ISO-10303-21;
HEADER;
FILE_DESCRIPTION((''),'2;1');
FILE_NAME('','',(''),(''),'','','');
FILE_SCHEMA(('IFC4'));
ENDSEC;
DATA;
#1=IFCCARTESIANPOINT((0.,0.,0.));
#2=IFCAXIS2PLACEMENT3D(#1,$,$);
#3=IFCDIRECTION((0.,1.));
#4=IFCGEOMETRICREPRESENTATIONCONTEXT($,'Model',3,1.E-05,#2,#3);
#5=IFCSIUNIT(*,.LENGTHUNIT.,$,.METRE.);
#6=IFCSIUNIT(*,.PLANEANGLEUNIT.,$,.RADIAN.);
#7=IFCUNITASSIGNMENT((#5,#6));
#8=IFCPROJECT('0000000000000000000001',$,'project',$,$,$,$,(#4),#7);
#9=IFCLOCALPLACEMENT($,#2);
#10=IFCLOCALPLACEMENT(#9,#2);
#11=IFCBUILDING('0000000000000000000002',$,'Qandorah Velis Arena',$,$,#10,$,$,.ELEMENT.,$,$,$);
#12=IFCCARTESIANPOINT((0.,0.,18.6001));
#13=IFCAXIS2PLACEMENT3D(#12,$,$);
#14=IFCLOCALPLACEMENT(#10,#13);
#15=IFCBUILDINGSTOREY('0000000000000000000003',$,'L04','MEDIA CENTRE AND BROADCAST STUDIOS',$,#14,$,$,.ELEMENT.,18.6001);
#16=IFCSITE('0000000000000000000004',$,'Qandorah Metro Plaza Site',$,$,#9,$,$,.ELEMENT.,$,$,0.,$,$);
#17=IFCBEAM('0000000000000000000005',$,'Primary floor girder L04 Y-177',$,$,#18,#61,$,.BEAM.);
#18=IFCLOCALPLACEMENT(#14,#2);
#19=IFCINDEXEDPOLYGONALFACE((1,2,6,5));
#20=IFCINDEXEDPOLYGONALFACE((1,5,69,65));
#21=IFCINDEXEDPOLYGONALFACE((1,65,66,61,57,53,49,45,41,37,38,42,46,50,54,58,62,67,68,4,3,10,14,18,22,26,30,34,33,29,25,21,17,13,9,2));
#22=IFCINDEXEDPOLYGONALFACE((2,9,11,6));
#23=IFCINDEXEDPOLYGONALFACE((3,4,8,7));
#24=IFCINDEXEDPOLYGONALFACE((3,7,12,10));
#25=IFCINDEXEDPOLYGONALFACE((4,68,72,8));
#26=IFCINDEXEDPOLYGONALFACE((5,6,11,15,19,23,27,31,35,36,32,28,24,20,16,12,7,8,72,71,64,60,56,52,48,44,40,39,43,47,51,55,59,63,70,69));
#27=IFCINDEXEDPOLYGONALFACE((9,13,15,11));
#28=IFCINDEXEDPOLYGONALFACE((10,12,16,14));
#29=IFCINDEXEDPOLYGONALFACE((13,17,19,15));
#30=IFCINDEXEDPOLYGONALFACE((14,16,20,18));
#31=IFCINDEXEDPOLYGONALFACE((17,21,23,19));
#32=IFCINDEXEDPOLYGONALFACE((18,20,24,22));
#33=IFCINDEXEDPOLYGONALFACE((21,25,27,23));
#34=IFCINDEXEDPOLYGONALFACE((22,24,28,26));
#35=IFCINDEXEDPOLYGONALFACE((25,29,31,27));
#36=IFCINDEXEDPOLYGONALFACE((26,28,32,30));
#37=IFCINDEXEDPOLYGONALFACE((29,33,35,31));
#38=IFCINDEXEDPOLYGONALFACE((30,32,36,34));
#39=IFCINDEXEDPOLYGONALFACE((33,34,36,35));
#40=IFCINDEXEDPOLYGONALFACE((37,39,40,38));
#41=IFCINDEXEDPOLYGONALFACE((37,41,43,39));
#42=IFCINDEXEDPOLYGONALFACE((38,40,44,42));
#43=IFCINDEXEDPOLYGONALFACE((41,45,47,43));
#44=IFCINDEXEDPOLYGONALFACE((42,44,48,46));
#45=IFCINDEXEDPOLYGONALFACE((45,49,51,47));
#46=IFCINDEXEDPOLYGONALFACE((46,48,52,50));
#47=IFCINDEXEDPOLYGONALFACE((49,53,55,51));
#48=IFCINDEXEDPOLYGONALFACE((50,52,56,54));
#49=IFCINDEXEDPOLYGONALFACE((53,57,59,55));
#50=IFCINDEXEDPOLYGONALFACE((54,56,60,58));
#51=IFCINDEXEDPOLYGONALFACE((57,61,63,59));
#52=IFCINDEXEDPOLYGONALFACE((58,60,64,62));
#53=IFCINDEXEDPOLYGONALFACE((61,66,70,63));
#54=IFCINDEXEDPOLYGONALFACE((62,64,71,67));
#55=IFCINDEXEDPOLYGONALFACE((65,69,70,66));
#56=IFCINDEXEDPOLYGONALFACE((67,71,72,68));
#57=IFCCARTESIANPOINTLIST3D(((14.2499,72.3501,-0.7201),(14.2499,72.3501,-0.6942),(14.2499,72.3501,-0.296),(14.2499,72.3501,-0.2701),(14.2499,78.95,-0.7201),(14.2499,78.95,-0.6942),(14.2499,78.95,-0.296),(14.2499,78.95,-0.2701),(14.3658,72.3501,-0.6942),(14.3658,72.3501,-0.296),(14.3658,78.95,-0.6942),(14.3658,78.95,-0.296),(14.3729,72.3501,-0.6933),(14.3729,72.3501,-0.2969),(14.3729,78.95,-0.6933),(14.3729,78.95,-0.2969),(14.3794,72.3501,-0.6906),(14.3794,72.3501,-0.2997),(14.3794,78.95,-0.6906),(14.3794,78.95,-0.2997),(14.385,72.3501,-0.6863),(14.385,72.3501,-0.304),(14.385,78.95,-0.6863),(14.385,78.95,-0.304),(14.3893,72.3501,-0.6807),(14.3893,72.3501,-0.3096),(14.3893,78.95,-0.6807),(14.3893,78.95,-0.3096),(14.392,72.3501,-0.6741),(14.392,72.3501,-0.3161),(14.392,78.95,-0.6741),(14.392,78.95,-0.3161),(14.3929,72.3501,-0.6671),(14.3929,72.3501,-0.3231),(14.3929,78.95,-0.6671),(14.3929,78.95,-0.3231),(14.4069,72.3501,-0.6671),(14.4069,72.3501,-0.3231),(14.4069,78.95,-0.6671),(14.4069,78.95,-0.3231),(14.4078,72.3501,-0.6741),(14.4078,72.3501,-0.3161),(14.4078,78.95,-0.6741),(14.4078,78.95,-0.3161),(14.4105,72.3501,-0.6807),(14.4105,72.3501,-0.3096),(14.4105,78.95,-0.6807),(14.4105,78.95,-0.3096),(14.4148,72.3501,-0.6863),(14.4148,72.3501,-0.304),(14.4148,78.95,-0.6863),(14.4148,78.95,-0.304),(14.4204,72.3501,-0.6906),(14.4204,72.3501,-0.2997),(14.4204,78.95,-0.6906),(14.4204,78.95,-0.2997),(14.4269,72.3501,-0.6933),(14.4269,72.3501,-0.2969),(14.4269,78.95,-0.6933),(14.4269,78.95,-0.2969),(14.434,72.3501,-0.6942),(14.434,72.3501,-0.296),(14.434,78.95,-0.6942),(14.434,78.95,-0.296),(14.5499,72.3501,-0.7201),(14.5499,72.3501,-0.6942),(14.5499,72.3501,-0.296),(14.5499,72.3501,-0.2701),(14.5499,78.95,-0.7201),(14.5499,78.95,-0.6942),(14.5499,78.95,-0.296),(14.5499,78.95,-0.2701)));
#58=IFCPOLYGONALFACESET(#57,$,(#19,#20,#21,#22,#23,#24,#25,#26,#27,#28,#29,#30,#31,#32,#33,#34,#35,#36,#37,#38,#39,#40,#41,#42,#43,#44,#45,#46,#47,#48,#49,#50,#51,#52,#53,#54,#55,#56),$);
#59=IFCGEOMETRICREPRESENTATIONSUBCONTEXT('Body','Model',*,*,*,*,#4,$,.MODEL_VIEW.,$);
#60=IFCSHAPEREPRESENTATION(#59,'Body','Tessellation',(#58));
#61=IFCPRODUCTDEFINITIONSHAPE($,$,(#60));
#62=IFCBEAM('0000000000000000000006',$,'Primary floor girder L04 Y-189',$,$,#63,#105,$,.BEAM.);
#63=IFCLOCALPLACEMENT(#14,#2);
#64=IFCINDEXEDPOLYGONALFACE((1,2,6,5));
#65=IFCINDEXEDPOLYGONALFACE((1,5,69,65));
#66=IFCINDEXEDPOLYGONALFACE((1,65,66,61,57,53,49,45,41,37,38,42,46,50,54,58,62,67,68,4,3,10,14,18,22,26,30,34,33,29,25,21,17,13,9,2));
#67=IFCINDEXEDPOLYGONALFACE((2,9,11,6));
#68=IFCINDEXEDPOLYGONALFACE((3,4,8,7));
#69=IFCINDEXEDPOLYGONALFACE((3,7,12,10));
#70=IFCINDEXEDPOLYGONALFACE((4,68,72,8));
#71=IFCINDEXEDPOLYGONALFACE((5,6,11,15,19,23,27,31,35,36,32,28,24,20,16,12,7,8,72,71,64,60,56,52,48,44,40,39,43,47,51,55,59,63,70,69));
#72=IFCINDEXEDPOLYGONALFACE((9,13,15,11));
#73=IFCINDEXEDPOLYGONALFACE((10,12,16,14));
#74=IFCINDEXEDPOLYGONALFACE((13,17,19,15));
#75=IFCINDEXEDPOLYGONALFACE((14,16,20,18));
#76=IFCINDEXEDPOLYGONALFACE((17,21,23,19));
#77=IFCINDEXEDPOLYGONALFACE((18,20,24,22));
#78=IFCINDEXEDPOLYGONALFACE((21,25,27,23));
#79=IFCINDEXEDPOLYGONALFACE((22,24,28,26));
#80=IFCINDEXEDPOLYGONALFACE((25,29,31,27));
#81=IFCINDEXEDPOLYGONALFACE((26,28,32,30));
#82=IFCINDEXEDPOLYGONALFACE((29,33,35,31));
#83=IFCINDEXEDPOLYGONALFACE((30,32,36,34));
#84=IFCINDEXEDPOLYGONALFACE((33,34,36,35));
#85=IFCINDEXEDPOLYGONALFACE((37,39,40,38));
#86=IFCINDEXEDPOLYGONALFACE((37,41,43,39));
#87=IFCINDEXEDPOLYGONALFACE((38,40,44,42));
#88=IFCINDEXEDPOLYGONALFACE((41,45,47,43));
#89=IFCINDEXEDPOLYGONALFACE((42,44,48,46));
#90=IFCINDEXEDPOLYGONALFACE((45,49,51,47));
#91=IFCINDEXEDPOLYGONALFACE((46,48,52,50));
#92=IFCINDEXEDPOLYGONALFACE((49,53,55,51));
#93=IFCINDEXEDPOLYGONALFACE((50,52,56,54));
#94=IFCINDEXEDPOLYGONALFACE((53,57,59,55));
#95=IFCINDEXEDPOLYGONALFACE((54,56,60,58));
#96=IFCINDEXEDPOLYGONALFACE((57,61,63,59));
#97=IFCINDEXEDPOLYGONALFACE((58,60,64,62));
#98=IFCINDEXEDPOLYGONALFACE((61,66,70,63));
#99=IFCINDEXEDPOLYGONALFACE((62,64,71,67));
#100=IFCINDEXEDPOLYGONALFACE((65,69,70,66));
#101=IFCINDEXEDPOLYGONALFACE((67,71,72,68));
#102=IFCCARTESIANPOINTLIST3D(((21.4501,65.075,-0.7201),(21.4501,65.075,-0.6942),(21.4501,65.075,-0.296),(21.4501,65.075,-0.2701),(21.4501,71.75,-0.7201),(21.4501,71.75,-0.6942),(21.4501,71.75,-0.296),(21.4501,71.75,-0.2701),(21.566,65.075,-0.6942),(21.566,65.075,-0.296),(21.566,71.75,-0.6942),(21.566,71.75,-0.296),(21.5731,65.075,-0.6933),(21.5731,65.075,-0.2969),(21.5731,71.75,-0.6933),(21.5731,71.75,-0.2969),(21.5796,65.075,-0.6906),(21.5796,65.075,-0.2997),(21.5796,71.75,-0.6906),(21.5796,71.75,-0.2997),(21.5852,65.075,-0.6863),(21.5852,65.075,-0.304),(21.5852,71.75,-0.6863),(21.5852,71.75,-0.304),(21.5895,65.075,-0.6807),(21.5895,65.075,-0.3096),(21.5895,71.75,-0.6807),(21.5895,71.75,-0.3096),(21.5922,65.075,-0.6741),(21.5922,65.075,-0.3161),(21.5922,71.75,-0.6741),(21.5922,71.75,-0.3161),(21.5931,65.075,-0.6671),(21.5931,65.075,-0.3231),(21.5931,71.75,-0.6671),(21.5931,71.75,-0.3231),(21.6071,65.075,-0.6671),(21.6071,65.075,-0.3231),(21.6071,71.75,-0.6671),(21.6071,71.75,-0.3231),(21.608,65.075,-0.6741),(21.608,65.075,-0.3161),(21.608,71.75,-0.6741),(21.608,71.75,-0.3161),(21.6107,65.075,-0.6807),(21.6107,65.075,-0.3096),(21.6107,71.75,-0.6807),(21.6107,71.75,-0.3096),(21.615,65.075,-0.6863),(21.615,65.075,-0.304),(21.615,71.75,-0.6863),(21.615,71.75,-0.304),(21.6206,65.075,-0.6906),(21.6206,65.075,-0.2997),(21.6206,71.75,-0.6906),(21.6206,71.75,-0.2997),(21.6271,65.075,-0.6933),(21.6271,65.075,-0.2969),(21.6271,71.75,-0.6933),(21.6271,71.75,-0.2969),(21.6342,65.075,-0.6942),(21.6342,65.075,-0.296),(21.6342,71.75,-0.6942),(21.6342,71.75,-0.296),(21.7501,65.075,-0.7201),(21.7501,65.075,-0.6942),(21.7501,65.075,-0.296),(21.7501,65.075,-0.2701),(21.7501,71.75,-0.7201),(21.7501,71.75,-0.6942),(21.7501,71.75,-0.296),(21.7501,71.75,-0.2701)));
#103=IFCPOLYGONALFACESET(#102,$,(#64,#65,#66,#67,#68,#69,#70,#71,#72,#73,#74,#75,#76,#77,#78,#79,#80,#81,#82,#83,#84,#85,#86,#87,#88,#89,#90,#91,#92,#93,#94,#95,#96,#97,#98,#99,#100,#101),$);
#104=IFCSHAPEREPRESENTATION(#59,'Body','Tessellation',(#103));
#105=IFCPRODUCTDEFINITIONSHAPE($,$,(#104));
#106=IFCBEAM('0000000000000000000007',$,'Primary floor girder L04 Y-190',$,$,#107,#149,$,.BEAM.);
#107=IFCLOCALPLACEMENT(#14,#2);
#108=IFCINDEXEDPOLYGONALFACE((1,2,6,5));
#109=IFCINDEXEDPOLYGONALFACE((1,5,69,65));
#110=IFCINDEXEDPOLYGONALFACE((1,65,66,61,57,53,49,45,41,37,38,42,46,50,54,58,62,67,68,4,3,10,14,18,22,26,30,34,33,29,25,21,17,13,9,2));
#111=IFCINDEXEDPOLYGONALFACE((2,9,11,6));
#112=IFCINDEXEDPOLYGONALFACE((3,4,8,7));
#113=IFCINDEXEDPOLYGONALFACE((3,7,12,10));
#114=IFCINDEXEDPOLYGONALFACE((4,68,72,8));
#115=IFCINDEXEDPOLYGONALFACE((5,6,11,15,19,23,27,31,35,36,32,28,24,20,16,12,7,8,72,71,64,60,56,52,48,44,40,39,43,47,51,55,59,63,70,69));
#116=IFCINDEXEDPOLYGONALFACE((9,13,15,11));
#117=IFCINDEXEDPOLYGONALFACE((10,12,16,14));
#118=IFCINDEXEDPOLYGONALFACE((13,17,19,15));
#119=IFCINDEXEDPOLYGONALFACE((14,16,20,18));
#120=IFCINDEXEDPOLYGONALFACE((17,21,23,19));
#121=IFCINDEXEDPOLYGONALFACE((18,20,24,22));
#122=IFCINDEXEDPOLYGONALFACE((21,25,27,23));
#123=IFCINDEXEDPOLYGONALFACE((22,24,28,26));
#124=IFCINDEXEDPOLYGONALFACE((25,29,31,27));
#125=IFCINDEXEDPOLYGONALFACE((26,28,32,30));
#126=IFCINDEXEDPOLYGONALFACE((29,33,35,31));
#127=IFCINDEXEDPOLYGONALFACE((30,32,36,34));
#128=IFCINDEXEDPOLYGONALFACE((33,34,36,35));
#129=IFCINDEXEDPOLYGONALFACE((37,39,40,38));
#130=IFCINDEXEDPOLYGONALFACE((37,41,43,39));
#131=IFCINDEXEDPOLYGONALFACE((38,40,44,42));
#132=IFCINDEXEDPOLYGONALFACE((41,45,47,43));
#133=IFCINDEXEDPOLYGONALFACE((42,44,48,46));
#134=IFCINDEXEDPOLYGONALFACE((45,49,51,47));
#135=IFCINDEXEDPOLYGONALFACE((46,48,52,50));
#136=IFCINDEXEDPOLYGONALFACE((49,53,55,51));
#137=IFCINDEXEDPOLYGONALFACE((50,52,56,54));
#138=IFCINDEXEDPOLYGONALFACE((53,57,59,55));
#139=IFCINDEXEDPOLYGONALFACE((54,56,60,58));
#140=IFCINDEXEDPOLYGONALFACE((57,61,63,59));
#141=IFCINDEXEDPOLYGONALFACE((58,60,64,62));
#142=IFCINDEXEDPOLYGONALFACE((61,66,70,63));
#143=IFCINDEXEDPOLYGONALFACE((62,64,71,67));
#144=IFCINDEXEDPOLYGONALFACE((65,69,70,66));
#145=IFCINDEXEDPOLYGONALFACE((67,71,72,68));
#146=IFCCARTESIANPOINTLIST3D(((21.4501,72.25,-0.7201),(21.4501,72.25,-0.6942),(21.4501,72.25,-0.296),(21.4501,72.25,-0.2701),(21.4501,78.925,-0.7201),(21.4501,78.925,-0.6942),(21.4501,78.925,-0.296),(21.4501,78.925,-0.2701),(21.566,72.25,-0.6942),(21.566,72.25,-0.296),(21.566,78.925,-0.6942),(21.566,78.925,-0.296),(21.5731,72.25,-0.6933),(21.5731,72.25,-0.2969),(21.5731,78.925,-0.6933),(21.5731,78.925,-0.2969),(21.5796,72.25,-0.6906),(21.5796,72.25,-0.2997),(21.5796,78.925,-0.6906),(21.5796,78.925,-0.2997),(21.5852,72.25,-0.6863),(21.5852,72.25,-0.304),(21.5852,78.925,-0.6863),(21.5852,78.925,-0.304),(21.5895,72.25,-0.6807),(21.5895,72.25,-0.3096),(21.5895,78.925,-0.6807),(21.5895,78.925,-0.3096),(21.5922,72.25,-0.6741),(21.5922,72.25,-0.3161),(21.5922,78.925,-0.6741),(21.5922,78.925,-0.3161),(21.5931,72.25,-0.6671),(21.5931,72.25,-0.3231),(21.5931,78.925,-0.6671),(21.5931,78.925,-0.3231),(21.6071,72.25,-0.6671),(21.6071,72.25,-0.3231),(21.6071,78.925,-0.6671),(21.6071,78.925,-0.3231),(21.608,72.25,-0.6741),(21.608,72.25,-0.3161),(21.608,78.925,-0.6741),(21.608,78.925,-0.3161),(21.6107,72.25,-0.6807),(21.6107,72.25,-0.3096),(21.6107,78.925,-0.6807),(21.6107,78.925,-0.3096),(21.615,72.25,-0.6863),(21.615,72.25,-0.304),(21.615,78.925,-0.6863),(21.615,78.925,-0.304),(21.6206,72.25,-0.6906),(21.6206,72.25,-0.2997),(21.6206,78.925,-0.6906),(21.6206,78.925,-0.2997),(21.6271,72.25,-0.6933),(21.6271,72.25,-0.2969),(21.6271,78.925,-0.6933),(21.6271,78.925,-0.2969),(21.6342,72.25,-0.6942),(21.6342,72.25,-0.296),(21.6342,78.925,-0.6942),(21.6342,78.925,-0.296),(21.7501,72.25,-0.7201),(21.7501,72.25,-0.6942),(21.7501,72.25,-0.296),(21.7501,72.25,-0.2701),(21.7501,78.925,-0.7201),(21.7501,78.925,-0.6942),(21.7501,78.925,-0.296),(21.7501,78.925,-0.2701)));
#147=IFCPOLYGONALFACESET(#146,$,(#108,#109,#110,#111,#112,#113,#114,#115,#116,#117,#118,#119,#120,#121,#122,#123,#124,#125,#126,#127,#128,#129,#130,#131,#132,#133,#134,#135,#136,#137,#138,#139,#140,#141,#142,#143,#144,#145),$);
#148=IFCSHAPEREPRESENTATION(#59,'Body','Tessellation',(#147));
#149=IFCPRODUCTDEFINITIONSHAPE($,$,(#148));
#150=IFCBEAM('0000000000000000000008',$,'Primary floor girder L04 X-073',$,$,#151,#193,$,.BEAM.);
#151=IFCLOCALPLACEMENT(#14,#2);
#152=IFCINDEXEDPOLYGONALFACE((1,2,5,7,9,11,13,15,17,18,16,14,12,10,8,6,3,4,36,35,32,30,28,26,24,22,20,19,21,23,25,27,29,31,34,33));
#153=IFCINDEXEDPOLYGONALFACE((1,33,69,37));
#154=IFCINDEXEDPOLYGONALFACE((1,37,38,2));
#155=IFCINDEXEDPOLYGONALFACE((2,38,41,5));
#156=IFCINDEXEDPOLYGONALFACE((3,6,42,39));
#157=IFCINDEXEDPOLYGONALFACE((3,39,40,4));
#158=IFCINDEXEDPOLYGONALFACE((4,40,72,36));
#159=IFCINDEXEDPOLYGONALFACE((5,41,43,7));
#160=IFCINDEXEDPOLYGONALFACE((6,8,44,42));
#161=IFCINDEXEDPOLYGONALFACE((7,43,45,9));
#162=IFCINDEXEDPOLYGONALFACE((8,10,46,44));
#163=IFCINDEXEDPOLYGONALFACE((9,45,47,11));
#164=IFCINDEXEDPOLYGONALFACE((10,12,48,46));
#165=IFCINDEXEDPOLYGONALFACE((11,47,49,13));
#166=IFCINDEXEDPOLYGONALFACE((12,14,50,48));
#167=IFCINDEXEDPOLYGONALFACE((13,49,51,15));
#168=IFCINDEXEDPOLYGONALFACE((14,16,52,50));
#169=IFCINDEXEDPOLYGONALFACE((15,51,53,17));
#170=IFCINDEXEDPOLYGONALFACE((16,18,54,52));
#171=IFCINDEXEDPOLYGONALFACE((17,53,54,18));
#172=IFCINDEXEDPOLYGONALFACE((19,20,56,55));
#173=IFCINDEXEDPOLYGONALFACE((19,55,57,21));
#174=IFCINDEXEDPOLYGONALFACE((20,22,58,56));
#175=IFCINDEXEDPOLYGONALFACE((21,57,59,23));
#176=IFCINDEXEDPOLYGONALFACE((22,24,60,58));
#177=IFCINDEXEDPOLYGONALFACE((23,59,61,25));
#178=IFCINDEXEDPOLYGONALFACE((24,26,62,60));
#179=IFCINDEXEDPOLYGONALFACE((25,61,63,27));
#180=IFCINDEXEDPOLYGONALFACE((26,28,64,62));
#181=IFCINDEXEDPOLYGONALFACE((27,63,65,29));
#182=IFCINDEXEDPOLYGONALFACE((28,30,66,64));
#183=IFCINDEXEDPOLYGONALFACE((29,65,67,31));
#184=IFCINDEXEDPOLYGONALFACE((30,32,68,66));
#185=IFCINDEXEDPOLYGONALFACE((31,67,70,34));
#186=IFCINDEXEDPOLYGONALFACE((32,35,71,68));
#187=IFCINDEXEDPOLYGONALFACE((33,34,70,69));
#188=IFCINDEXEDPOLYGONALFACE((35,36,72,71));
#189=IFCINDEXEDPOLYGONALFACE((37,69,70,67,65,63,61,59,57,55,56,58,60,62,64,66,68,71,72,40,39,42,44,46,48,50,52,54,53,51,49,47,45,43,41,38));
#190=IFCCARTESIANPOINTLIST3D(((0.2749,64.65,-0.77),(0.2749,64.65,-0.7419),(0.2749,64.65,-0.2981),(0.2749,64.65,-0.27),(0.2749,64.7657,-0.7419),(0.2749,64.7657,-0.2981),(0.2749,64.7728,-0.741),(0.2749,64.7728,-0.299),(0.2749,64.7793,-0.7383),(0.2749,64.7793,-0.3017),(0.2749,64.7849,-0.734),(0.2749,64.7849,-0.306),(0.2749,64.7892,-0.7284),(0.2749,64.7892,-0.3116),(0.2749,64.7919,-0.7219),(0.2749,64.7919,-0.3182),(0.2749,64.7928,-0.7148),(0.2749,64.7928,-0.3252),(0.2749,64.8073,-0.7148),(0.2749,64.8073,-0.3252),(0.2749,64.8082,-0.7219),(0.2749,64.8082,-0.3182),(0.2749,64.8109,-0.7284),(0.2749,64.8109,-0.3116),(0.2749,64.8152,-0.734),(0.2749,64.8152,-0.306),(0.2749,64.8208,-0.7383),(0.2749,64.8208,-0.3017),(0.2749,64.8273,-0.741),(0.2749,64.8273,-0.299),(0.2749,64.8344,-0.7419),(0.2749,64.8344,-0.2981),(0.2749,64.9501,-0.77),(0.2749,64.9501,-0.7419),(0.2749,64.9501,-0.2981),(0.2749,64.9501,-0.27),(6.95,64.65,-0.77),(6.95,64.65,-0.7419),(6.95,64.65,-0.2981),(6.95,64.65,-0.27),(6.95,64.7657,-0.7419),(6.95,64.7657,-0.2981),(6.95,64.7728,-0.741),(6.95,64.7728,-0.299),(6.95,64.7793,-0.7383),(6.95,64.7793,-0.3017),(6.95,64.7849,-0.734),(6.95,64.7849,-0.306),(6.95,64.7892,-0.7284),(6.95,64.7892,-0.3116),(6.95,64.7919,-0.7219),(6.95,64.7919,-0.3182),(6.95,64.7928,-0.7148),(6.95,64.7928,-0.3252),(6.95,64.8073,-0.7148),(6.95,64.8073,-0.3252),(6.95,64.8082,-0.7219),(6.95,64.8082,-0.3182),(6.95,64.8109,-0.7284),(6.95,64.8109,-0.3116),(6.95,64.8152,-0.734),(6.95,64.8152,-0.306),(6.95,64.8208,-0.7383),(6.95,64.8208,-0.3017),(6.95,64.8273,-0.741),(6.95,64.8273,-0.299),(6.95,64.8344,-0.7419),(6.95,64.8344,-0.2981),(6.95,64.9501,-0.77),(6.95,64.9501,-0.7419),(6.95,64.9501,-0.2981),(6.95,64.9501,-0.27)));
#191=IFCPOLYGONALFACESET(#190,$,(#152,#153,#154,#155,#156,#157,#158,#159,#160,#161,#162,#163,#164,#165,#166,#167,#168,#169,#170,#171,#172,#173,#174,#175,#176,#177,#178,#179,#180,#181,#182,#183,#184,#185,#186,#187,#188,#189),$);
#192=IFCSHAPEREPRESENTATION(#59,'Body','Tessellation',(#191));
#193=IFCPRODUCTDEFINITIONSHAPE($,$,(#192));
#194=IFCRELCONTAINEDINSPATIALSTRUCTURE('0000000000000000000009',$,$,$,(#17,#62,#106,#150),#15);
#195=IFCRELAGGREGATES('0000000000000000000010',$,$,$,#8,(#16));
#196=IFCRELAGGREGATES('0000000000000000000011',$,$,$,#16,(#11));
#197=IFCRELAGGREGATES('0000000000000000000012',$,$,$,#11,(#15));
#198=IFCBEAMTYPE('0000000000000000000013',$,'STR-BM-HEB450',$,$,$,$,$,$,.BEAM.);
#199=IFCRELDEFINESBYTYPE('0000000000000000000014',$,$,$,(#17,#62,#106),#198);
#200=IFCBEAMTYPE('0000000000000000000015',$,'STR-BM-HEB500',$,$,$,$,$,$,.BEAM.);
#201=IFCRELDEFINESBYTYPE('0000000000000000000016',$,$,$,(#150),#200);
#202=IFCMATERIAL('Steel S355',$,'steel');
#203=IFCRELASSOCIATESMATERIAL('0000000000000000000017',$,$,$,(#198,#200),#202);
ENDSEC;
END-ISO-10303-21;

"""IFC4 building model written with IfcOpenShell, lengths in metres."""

from ifc_helpers import new_model, si_unit, direction, frame, origin, origin_2d, place, context, subcontext, project, spatial, i_section, extrude, material, material_profile, profile_set, type_object, element, save


model = new_model("IFC4")

# Units and contexts
model_context = context("Model", 3, precision=1e-05, world=origin(), true_north=direction((0.0, 1.0)))
body_context = subcontext(model_context, "Body", "Model", "MODEL_VIEW")
ifc_project = project(units=[si_unit("LENGTHUNIT", "METRE"), si_unit("PLANEANGLEUNIT", "RADIAN")], contexts=[model_context])

# Site, building, storey
site_placement = place(None, origin())
site = spatial("IfcSite", under=ifc_project, at=site_placement, Name="Qandorah Metro Plaza Site", CompositionType="ELEMENT", RefElevation=0.0)
building_placement = place(site_placement, origin())
building = spatial("IfcBuilding", under=site, at=building_placement, Name="Qandorah Velis Arena", CompositionType="ELEMENT")
storey_placement = place(building_placement, frame((0.0, 0.0, 18.6001)))
storey = spatial("IfcBuildingStorey", under=building, at=storey_placement, Name="L04", Description="MEDIA CENTRE AND BROADCAST STUDIOS", CompositionType="ELEMENT", Elevation=18.6001)

# Shared definitions
ifc_material_1 = material(Name="Steel S355", Category="steel")

# Beams
ifc_material_profile_1 = material_profile(ifc_material_1, i_section(OverallWidth=0.3, OverallDepth=0.45, WebThickness=0.0139, FlangeThickness=0.0259, FilletRadius=0.0271, at=origin_2d()), Name="HEB 450")
ifc_profile_set_1 = profile_set([ifc_material_profile_1], Name="Steel S355")
beam_type_1 = type_object("IfcBeamType", Name="STR-BM-HEB450", PredefinedType="BEAM", material=ifc_profile_set_1)
for number, where, z_axis, x_axis, name in (
    (1, (14.3999, 72.3501, -0.4951), (0.0, 1.0, 0.0), (-1.0, 0.0, 0.0), "Primary floor girder L04 Y-177"),
):
    element("IfcBeam", number, at=place(storey_placement, frame(where, z_axis=z_axis, x_axis=x_axis)), inside=storey, type_object=beam_type_1, Name=name, PredefinedType="BEAM", context=body_context, shape_type="SweptSolid", body=[
        extrude(i_section(OverallWidth=0.3, OverallDepth=0.45, WebThickness=0.0139, FlangeThickness=0.0259, FilletRadius=0.0271, at=origin_2d()), origin(), (0.0, 0.0, 1.0), 6.5999),
    ])
for number, where, z_axis, x_axis, name in (
    (2, (21.6001, 65.075, -0.4951), (0.0, 1.0, 0.0), (-1.0, 0.0, 0.0), "Primary floor girder L04 Y-189"),
    (3, (21.6001, 72.25, -0.4951), (0.0, 1.0, 0.0), (-1.0, 0.0, 0.0), "Primary floor girder L04 Y-190"),
):
    element("IfcBeam", number, at=place(storey_placement, frame(where, z_axis=z_axis, x_axis=x_axis)), inside=storey, type_object=beam_type_1, Name=name, PredefinedType="BEAM", context=body_context, shape_type="SweptSolid", body=[
        extrude(i_section(OverallWidth=0.3, OverallDepth=0.45, WebThickness=0.0139, FlangeThickness=0.0259, FilletRadius=0.0271, at=origin_2d()), origin(), (0.0, 0.0, 1.0), 6.675),
    ])
ifc_material_profile_2 = material_profile(ifc_material_1, i_section(OverallWidth=0.3, OverallDepth=0.5, WebThickness=0.0144, FlangeThickness=0.0281, FilletRadius=0.0271, at=origin_2d()), Name="HEB 500")
ifc_profile_set_2 = profile_set([ifc_material_profile_2], Name="Steel S355")
beam_type_2 = type_object("IfcBeamType", Name="STR-BM-HEB500", PredefinedType="BEAM", material=ifc_profile_set_2)
beam_1_placement = place(storey_placement, frame((0.2749, 64.8, -0.52), z_axis=(1.0, 0.0, 0.0), x_axis=(0.0, 1.0, 0.0)))
element("IfcBeam", 4, at=beam_1_placement, inside=storey, type_object=beam_type_2, Name="Primary floor girder L04 X-073", PredefinedType="BEAM", context=body_context, shape_type="SweptSolid", body=[
    extrude(i_section(OverallWidth=0.3, OverallDepth=0.5, WebThickness=0.0144, FlangeThickness=0.0281, FilletRadius=0.0271, at=origin_2d()), origin(), (0.0, 0.0, 1.0), 6.675),
])

save(model, "model.ifc")
